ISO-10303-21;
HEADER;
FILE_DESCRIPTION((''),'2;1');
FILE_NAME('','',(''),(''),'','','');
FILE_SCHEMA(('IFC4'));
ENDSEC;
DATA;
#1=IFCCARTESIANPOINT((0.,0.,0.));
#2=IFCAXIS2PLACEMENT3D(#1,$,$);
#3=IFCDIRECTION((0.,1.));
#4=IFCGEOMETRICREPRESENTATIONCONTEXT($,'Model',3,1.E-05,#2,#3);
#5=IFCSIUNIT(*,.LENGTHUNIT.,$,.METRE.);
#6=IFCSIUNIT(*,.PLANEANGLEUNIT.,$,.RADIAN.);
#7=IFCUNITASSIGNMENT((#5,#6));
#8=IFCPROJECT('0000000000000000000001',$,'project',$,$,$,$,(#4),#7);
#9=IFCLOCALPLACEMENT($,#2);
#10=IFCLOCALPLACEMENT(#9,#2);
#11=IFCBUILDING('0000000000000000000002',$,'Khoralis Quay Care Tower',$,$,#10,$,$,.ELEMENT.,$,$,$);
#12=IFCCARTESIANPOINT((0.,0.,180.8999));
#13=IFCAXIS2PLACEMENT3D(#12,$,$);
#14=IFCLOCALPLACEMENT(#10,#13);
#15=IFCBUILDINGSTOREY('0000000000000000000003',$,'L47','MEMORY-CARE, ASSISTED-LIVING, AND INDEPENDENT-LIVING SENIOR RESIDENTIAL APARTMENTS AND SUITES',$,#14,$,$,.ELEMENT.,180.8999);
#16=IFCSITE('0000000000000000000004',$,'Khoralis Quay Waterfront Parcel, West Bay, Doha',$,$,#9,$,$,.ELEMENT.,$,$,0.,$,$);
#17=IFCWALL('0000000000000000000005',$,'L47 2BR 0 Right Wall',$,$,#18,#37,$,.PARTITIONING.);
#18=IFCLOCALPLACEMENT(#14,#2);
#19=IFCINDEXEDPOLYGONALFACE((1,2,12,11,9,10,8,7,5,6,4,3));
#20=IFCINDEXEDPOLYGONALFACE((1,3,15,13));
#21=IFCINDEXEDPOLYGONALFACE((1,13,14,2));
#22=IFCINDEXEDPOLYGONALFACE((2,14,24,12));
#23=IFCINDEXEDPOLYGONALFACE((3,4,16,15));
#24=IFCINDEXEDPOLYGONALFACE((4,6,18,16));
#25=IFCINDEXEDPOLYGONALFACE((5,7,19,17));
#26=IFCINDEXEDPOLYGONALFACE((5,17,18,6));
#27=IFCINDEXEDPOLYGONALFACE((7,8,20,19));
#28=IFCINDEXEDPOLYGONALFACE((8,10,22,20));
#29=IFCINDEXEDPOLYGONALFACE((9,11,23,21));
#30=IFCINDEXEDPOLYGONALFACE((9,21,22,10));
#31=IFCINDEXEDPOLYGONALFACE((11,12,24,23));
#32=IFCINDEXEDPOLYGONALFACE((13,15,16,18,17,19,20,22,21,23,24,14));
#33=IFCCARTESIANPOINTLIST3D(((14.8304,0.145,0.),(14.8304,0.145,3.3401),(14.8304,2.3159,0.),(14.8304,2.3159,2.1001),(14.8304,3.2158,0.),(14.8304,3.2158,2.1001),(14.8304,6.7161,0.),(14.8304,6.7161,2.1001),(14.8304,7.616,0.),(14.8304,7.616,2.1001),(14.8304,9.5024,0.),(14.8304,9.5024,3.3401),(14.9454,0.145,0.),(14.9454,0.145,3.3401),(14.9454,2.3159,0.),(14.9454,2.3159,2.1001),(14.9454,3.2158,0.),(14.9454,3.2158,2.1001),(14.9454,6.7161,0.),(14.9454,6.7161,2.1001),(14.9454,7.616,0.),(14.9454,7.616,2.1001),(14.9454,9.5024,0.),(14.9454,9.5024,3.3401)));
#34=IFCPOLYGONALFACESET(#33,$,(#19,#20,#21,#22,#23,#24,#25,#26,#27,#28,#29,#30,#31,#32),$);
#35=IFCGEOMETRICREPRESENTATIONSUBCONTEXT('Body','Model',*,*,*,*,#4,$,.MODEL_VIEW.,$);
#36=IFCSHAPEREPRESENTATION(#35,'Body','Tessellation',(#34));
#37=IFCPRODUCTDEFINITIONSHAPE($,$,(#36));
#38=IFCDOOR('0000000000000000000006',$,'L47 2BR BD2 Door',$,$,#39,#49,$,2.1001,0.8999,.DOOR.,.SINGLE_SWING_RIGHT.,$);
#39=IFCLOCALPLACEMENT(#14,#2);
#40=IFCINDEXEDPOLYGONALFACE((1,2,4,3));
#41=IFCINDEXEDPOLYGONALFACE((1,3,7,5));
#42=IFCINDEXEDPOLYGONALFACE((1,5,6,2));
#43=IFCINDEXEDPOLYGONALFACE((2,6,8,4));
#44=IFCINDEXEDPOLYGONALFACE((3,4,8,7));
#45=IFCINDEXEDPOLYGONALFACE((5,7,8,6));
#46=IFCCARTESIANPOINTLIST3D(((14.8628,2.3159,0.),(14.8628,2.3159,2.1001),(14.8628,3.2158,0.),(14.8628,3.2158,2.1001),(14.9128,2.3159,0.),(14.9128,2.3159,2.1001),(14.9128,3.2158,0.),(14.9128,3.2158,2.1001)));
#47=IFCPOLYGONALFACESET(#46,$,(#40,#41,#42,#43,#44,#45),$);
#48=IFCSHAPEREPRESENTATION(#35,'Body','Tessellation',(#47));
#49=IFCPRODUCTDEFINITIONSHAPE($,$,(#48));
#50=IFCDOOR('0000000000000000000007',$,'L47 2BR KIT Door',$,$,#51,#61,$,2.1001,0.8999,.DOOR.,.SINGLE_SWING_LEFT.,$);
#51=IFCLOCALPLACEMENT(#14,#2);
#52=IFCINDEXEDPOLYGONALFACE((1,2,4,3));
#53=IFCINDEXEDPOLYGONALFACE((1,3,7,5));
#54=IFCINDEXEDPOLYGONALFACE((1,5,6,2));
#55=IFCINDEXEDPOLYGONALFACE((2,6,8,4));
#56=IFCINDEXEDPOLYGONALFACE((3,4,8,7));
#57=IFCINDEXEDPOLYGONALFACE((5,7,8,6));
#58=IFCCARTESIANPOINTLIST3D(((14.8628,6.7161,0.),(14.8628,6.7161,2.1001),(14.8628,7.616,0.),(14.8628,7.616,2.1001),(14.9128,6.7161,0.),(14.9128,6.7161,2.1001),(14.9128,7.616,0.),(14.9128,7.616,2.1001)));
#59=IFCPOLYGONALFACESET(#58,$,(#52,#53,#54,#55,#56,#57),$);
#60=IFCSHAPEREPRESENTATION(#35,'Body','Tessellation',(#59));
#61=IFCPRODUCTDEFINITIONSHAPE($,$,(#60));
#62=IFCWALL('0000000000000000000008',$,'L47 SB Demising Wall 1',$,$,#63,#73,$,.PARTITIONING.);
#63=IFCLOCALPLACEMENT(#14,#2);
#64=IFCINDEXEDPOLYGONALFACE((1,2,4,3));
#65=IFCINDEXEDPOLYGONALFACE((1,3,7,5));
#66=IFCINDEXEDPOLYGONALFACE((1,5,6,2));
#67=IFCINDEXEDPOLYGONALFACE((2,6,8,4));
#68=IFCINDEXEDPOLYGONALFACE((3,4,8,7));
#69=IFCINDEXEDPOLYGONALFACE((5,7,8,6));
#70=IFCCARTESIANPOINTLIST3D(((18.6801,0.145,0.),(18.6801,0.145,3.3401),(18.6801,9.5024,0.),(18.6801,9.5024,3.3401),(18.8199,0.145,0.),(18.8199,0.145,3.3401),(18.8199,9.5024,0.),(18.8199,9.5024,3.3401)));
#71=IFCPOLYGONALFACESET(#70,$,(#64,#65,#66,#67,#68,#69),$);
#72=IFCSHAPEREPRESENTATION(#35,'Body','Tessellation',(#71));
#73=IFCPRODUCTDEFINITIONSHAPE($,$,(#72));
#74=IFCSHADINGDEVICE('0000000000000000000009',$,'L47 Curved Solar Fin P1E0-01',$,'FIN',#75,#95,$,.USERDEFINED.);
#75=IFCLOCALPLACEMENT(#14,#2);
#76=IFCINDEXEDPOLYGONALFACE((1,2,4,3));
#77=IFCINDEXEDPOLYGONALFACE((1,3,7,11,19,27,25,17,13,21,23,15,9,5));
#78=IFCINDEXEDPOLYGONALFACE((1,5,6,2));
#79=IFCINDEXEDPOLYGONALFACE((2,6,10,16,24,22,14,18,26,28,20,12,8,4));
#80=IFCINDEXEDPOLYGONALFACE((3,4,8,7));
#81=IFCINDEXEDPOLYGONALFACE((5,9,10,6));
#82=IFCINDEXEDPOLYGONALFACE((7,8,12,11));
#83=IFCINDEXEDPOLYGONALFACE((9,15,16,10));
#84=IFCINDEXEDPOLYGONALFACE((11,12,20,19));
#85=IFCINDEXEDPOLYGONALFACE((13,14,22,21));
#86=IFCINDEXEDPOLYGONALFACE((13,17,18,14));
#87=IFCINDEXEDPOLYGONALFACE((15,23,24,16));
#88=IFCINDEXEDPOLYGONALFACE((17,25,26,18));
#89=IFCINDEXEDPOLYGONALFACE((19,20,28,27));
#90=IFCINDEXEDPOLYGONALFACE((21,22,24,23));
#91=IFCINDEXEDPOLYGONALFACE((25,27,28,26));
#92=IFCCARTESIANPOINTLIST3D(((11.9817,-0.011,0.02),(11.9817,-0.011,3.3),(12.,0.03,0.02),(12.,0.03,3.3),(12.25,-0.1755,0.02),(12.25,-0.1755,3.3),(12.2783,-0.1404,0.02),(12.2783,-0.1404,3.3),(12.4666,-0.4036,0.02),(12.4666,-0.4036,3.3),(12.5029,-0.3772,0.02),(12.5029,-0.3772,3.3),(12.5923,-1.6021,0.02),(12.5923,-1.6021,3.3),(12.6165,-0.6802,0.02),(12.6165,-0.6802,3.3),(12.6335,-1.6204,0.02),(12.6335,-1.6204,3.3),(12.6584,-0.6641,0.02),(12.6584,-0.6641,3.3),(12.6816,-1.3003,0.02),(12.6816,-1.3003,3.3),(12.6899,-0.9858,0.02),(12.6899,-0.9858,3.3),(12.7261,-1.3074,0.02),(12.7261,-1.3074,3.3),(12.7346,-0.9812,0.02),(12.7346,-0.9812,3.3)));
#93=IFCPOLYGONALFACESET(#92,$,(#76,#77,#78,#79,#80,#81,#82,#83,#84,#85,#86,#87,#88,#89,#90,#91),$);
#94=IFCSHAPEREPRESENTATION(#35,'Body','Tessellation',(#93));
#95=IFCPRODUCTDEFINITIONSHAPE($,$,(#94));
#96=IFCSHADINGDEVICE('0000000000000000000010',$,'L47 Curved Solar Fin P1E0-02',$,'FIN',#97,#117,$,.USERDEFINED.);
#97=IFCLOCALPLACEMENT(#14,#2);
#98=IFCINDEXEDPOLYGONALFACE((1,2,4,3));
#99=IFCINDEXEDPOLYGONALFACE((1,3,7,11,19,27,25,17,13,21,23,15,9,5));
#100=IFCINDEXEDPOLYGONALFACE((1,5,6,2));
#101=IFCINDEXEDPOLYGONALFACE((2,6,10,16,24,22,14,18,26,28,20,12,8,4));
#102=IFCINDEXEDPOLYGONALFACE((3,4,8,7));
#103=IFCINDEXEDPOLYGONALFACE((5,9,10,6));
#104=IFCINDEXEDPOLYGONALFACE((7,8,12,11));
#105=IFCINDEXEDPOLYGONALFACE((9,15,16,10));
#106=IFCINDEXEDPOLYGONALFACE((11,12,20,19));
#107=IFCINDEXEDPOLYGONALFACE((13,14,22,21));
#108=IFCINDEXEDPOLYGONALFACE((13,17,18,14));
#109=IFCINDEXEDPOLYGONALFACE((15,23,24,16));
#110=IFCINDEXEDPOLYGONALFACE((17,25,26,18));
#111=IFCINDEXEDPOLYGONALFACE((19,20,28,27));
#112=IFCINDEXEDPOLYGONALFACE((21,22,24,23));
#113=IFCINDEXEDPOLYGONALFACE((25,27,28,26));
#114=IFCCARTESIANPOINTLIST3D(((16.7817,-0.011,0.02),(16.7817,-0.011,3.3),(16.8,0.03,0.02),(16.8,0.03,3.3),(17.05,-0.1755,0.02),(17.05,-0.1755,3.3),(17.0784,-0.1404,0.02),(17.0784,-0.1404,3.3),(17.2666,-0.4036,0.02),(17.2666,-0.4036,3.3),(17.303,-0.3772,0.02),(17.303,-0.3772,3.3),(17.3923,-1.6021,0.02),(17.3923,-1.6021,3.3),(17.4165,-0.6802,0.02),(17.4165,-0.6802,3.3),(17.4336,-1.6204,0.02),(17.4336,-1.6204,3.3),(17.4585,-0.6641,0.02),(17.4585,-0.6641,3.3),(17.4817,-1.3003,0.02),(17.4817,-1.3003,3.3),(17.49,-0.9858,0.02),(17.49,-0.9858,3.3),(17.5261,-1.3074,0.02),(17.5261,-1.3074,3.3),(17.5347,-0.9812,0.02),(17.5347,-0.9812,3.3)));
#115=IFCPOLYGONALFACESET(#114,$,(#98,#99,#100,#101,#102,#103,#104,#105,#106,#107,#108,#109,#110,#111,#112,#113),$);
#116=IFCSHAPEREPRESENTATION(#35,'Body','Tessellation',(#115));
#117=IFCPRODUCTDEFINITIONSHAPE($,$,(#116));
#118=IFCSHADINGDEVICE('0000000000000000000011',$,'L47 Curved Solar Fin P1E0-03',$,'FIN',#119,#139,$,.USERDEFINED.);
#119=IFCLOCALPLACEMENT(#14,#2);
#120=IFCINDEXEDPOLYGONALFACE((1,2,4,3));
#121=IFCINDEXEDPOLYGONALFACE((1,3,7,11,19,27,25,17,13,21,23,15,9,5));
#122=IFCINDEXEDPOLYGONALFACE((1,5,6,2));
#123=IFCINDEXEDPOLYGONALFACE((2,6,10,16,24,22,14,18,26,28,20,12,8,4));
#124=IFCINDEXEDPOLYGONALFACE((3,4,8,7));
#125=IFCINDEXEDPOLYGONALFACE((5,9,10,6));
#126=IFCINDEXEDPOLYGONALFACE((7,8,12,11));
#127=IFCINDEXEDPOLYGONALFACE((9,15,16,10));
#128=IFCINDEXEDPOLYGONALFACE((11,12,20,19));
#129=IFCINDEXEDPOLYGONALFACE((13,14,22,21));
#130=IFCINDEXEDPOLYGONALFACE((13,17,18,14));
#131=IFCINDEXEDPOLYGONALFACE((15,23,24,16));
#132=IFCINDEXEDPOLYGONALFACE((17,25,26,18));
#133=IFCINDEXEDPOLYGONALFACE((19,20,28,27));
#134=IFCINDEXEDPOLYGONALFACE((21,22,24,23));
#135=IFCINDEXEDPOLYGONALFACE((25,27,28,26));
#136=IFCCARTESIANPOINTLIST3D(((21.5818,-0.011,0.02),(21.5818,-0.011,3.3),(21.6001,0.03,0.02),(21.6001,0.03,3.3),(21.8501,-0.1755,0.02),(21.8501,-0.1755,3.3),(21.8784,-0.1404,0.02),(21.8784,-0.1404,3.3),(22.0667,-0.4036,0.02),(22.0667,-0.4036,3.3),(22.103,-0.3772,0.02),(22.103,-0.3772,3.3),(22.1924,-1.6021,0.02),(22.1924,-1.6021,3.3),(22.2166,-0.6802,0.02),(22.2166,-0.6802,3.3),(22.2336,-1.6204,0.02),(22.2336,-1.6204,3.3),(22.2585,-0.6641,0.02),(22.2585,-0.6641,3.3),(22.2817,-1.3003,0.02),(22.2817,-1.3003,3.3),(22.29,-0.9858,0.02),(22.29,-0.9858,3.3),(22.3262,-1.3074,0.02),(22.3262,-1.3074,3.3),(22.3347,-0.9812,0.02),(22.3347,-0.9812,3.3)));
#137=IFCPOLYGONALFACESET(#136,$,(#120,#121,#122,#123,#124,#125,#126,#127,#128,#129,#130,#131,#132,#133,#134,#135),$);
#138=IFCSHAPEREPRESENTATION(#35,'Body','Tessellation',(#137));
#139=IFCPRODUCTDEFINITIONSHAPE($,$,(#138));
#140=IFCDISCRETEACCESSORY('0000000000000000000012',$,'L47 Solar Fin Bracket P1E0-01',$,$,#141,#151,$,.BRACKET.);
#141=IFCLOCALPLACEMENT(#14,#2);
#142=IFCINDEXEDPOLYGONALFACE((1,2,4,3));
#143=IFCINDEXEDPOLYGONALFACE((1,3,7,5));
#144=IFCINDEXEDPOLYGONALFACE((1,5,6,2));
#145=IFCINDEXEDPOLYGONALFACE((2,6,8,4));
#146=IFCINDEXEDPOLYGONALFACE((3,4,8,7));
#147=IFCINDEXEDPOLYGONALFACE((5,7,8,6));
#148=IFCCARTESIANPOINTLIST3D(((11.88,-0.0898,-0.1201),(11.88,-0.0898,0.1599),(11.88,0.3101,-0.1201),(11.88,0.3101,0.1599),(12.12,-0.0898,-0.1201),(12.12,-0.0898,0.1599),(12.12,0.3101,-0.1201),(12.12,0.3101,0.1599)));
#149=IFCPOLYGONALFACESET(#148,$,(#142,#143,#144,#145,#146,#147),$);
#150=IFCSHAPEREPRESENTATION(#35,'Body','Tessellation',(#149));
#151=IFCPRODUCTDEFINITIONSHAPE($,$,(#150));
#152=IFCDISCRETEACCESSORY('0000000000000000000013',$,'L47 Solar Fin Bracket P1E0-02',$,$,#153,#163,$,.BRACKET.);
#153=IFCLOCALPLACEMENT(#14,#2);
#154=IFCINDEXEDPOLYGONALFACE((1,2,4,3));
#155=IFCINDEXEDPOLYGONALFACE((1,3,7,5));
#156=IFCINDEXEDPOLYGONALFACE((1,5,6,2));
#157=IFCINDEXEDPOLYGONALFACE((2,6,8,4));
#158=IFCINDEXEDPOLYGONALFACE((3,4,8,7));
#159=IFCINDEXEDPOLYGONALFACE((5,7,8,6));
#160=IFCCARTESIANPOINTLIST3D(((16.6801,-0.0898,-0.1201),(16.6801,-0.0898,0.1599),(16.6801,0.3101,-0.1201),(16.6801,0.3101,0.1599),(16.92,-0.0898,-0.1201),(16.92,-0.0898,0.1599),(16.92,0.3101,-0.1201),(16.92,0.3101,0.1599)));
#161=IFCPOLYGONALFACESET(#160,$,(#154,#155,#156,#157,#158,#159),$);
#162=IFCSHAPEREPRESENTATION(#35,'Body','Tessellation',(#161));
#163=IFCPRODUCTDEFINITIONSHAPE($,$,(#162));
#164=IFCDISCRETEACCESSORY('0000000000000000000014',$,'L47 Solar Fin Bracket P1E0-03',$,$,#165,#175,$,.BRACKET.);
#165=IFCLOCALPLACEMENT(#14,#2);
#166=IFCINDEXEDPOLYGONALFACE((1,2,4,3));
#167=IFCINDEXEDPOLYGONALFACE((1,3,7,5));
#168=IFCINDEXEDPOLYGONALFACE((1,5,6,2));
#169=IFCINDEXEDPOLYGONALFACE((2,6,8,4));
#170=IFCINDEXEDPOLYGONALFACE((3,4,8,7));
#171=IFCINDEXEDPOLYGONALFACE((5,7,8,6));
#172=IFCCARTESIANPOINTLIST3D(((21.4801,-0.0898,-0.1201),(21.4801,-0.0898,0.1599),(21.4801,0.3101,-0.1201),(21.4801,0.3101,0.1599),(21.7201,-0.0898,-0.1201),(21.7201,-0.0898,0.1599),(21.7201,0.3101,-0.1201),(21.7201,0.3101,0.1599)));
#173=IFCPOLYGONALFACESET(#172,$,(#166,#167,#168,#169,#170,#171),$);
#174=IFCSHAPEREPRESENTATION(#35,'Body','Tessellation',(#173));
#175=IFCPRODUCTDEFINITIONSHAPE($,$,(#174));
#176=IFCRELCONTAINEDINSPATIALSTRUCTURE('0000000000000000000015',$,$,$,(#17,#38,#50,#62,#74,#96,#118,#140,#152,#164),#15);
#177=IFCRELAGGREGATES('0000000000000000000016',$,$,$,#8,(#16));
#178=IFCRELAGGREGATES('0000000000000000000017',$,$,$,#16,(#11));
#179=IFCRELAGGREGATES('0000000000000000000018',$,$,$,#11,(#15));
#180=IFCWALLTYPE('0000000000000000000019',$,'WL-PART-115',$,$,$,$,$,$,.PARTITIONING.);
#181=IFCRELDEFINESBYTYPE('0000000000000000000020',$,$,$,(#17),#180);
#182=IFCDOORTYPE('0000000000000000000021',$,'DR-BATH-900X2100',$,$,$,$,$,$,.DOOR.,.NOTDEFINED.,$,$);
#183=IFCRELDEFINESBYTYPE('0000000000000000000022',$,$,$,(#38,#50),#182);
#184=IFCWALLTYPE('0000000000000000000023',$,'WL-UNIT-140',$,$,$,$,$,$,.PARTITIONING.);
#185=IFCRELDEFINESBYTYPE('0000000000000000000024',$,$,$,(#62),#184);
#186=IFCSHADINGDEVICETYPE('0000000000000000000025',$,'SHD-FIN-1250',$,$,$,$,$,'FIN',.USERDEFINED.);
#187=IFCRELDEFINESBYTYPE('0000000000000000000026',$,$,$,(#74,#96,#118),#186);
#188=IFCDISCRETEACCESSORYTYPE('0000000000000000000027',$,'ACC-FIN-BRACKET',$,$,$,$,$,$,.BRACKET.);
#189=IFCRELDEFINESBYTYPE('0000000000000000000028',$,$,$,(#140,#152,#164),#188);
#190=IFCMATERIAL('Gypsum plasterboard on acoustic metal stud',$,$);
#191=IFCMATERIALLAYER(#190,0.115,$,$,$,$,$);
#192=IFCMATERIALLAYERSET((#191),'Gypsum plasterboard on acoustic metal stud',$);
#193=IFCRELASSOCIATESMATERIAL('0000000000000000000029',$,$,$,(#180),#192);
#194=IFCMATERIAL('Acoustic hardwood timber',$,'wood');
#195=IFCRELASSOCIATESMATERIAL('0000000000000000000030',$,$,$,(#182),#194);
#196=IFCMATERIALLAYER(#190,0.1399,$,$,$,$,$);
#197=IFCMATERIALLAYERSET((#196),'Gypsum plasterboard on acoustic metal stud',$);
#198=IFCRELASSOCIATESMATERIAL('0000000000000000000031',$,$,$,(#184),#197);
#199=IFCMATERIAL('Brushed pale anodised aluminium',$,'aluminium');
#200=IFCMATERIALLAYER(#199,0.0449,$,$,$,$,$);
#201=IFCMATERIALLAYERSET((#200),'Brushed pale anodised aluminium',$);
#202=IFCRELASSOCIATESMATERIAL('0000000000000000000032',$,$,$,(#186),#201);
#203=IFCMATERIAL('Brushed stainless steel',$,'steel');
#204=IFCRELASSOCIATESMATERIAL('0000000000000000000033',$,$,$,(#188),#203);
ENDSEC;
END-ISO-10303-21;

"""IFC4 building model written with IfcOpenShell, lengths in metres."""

from ifc_helpers import new_model, si_unit, direction, frame, frame_2d, origin, origin_2d, place, context, subcontext, project, spatial, polyline, rectangle, outline, extrude, source, transform, mapped, material, layer, layer_set, type_object, element, fill, save


model = new_model("IFC4")

# Units and contexts
model_context = context("Model", 3, precision=1e-05, world=origin(), true_north=direction((0.0, 1.0)))
body_context = subcontext(model_context, "Body", "Model", "MODEL_VIEW")
ifc_project = project(units=[si_unit("LENGTHUNIT", "METRE"), si_unit("PLANEANGLEUNIT", "RADIAN")], contexts=[model_context])

# Site, building, storey
site_placement = place(None, origin())
site = spatial("IfcSite", under=ifc_project, at=site_placement, Name="Khoralis Quay Waterfront Parcel, West Bay, Doha", CompositionType="ELEMENT", RefElevation=0.0)
building_placement = place(site_placement, origin())
building = spatial("IfcBuilding", under=site, at=building_placement, Name="Khoralis Quay Care Tower", CompositionType="ELEMENT")
storey_placement = place(building_placement, frame((0.0, 0.0, 180.8999)))
storey = spatial("IfcBuildingStorey", under=building, at=storey_placement, Name="L47", Description="MEMORY-CARE, ASSISTED-LIVING, AND INDEPENDENT-LIVING SENIOR RESIDENTIAL APARTMENTS AND SUITES", CompositionType="ELEMENT", Elevation=180.8999)

# Wall, openings, doors
ifc_material_1 = material(Name="Gypsum plasterboard on acoustic metal stud")
ifc_layer_1 = layer(ifc_material_1, 0.115)
ifc_layer_set_1 = layer_set([ifc_layer_1], Name="Gypsum plasterboard on acoustic metal stud")
wall_type_1 = type_object("IfcWallType", Name="WL-PART-115", PredefinedType="PARTITIONING", material=ifc_layer_set_1)
ifc_material_2 = material(Name="Acoustic hardwood timber", Category="wood")
door_type = type_object("IfcDoorType", Name="DR-BATH-900X2100", OperationType="NOTDEFINED", PredefinedType="DOOR", material=ifc_material_2)
shared_shape_1 = source(origin(), body_context, "Body", "SweptSolid", [
    extrude(rectangle(XDim=0.8999, YDim=2.1001, at=frame_2d((0.45, 1.05))), frame((0.0, 0.0249, 0.0), z_axis=(0.0, -1.0, 0.0), x_axis=(1.0, 0.0, 0.0)), (0.0, 0.0, 1.0), 0.05),
])
wall_1_placement = place(storey_placement, frame((14.8879, 0.145, 0.0), z_axis=(0.0, 0.0, 1.0), x_axis=(0.0, 1.0, 0.0)))
wall_1 = element("IfcWall", 1, at=wall_1_placement, inside=storey, type_object=wall_type_1, Name="L47 2BR 0 Right Wall", PredefinedType="PARTITIONING", context=body_context, shape_type="SweptSolid", body=[
    extrude(rectangle(XDim=9.3574, YDim=0.115, at=frame_2d((4.6787, 0.0))), origin(), (0.0, 0.0, 1.0), 3.3401),
])
opening_1_placement = place(wall_1_placement, frame((2.1709, 0.0, 0.0)))
opening_1 = element("IfcOpeningElement", 2, at=opening_1_placement, cuts=wall_1, PredefinedType="OPENING", context=body_context, shape_type="SweptSolid", body=[
    extrude(rectangle(XDim=0.8999, YDim=2.1001, at=frame_2d((0.45, 1.05))), frame((0.0, 0.0674, 0.0), z_axis=(0.0, -1.0, 0.0), x_axis=(1.0, 0.0, 0.0)), (0.0, 0.0, 1.0), 0.135),
])
opening_2_placement = place(wall_1_placement, frame((6.571, 0.0, 0.0)))
opening_2 = element("IfcOpeningElement", 3, at=opening_2_placement, cuts=wall_1, PredefinedType="OPENING", context=body_context, shape_type="SweptSolid", body=[
    extrude(rectangle(XDim=0.8999, YDim=2.1001, at=frame_2d((0.45, 1.05))), frame((0.0, 0.0674, 0.0), z_axis=(0.0, -1.0, 0.0), x_axis=(1.0, 0.0, 0.0)), (0.0, 0.0, 1.0), 0.135),
])
door_1_placement = place(opening_1_placement, frame((0.8999, 0.0, 0.0), z_axis=(0.0, 0.0, 1.0), x_axis=(-1.0, 0.0, 0.0)))
door_1 = element("IfcDoor", 4, at=door_1_placement, inside=storey, type_object=door_type, Name="L47 2BR BD2 Door", OperationType="SINGLE_SWING_RIGHT", OverallHeight=2.1001, OverallWidth=0.8999, PredefinedType="DOOR", context=body_context, shape_type="MappedRepresentation", body=[
    mapped(shared_shape_1, transform((0.0, 0.0, 0.0), scale=1.0)),
])
fill(opening_1, door_1)
door_2_placement = place(opening_2_placement, frame((0.8999, 0.0, 0.0), z_axis=(0.0, 0.0, 1.0), x_axis=(-1.0, 0.0, 0.0)))
door_2 = element("IfcDoor", 5, at=door_2_placement, inside=storey, type_object=door_type, Name="L47 2BR KIT Door", OperationType="SINGLE_SWING_LEFT", OverallHeight=2.1001, OverallWidth=0.8999, PredefinedType="DOOR", context=body_context, shape_type="MappedRepresentation", body=[
    mapped(shared_shape_1, transform((0.0, 0.0, 0.0), scale=1.0)),
])
fill(opening_2, door_2)

# Wall
ifc_layer_2 = layer(ifc_material_1, 0.1399)
ifc_layer_set_2 = layer_set([ifc_layer_2], Name="Gypsum plasterboard on acoustic metal stud")
wall_type_2 = type_object("IfcWallType", Name="WL-UNIT-140", PredefinedType="PARTITIONING", material=ifc_layer_set_2)
wall_2_placement = place(storey_placement, frame((18.75, 0.145, 0.0), z_axis=(0.0, 0.0, 1.0), x_axis=(0.0, 1.0, 0.0)))
element("IfcWall", 6, at=wall_2_placement, inside=storey, type_object=wall_type_2, Name="L47 SB Demising Wall 1", PredefinedType="PARTITIONING", context=body_context, shape_type="SweptSolid", body=[
    extrude(rectangle(XDim=9.3574, YDim=0.1399, at=frame_2d((4.6787, 0.0))), origin(), (0.0, 0.0, 1.0), 3.3401),
])

# Shading devices
ifc_material_3 = material(Name="Brushed pale anodised aluminium", Category="aluminium")
ifc_layer_3 = layer(ifc_material_3, 0.0449)
ifc_layer_set_3 = layer_set([ifc_layer_3], Name="Brushed pale anodised aluminium")
shading_device_type = type_object("IfcShadingDeviceType", Name="SHD-FIN-1250", ElementType="FIN", PredefinedType="USERDEFINED", material=ifc_layer_set_3)
shared_shape_2 = source(origin(), body_context, "Body", "SweptSolid", [
    extrude(outline(polyline([(0.0, 0.0), (0.1704, 0.2783), (0.4072, 0.5029), (0.6941, 0.6584), (1.0112, 0.7346), (1.3374, 0.7261), (1.6504, 0.6335), (1.6321, 0.5923), (1.3303, 0.6816), (1.0159, 0.6899), (0.7102, 0.6165), (0.4336, 0.4666), (0.2056, 0.25), (0.041, -0.0183), (0.0, 0.0)])), origin(), (0.0, 0.0, 1.0), 3.28),
])
for number, where, z_axis, x_axis, name in (
    (7, (12.0, 0.03, 0.02), (0.0, 0.0, 1.0), (0.0, -1.0, 0.0), "L47 Curved Solar Fin P1E0-01"),
    (8, (16.8, 0.03, 0.02), (0.0, 0.0, 1.0), (0.0, -1.0, 0.0), "L47 Curved Solar Fin P1E0-02"),
    (9, (21.6001, 0.03, 0.02), (0.0, 0.0, 1.0), (0.0, -1.0, 0.0), "L47 Curved Solar Fin P1E0-03"),
):
    element("IfcShadingDevice", number, at=place(storey_placement, frame(where, z_axis=z_axis, x_axis=x_axis)), inside=storey, type_object=shading_device_type, Name=name, ObjectType="FIN", PredefinedType="USERDEFINED", context=body_context, shape_type="MappedRepresentation", body=[
        mapped(shared_shape_2, transform((0.0, 0.0, 0.0), scale=1.0)),
    ])

# Discrete accessories
ifc_material_4 = material(Name="Brushed stainless steel", Category="steel")
discrete_accessory_type = type_object("IfcDiscreteAccessoryType", Name="ACC-FIN-BRACKET", PredefinedType="BRACKET", material=ifc_material_4)
shared_shape_3 = source(origin(), body_context, "Body", "SweptSolid", [
    extrude(rectangle(XDim=0.3999, YDim=0.24, at=origin_2d()), origin(), (0.0, 0.0, 1.0), 0.28),
])
for number, where, z_axis, x_axis, name in (
    (10, (12.0, 0.1101, -0.1201), (0.0, 0.0, 1.0), (0.0, -1.0, 0.0), "L47 Solar Fin Bracket P1E0-01"),
    (11, (16.8, 0.1101, -0.1201), (0.0, 0.0, 1.0), (0.0, -1.0, 0.0), "L47 Solar Fin Bracket P1E0-02"),
    (12, (21.6001, 0.1101, -0.1201), (0.0, 0.0, 1.0), (0.0, -1.0, 0.0), "L47 Solar Fin Bracket P1E0-03"),
):
    element("IfcDiscreteAccessory", number, at=place(storey_placement, frame(where, z_axis=z_axis, x_axis=x_axis)), inside=storey, type_object=discrete_accessory_type, Name=name, PredefinedType="BRACKET", context=body_context, shape_type="MappedRepresentation", body=[
        mapped(shared_shape_3, transform((0.0, 0.0, 0.0), scale=1.0)),
    ])

save(model, "model.ifc")
